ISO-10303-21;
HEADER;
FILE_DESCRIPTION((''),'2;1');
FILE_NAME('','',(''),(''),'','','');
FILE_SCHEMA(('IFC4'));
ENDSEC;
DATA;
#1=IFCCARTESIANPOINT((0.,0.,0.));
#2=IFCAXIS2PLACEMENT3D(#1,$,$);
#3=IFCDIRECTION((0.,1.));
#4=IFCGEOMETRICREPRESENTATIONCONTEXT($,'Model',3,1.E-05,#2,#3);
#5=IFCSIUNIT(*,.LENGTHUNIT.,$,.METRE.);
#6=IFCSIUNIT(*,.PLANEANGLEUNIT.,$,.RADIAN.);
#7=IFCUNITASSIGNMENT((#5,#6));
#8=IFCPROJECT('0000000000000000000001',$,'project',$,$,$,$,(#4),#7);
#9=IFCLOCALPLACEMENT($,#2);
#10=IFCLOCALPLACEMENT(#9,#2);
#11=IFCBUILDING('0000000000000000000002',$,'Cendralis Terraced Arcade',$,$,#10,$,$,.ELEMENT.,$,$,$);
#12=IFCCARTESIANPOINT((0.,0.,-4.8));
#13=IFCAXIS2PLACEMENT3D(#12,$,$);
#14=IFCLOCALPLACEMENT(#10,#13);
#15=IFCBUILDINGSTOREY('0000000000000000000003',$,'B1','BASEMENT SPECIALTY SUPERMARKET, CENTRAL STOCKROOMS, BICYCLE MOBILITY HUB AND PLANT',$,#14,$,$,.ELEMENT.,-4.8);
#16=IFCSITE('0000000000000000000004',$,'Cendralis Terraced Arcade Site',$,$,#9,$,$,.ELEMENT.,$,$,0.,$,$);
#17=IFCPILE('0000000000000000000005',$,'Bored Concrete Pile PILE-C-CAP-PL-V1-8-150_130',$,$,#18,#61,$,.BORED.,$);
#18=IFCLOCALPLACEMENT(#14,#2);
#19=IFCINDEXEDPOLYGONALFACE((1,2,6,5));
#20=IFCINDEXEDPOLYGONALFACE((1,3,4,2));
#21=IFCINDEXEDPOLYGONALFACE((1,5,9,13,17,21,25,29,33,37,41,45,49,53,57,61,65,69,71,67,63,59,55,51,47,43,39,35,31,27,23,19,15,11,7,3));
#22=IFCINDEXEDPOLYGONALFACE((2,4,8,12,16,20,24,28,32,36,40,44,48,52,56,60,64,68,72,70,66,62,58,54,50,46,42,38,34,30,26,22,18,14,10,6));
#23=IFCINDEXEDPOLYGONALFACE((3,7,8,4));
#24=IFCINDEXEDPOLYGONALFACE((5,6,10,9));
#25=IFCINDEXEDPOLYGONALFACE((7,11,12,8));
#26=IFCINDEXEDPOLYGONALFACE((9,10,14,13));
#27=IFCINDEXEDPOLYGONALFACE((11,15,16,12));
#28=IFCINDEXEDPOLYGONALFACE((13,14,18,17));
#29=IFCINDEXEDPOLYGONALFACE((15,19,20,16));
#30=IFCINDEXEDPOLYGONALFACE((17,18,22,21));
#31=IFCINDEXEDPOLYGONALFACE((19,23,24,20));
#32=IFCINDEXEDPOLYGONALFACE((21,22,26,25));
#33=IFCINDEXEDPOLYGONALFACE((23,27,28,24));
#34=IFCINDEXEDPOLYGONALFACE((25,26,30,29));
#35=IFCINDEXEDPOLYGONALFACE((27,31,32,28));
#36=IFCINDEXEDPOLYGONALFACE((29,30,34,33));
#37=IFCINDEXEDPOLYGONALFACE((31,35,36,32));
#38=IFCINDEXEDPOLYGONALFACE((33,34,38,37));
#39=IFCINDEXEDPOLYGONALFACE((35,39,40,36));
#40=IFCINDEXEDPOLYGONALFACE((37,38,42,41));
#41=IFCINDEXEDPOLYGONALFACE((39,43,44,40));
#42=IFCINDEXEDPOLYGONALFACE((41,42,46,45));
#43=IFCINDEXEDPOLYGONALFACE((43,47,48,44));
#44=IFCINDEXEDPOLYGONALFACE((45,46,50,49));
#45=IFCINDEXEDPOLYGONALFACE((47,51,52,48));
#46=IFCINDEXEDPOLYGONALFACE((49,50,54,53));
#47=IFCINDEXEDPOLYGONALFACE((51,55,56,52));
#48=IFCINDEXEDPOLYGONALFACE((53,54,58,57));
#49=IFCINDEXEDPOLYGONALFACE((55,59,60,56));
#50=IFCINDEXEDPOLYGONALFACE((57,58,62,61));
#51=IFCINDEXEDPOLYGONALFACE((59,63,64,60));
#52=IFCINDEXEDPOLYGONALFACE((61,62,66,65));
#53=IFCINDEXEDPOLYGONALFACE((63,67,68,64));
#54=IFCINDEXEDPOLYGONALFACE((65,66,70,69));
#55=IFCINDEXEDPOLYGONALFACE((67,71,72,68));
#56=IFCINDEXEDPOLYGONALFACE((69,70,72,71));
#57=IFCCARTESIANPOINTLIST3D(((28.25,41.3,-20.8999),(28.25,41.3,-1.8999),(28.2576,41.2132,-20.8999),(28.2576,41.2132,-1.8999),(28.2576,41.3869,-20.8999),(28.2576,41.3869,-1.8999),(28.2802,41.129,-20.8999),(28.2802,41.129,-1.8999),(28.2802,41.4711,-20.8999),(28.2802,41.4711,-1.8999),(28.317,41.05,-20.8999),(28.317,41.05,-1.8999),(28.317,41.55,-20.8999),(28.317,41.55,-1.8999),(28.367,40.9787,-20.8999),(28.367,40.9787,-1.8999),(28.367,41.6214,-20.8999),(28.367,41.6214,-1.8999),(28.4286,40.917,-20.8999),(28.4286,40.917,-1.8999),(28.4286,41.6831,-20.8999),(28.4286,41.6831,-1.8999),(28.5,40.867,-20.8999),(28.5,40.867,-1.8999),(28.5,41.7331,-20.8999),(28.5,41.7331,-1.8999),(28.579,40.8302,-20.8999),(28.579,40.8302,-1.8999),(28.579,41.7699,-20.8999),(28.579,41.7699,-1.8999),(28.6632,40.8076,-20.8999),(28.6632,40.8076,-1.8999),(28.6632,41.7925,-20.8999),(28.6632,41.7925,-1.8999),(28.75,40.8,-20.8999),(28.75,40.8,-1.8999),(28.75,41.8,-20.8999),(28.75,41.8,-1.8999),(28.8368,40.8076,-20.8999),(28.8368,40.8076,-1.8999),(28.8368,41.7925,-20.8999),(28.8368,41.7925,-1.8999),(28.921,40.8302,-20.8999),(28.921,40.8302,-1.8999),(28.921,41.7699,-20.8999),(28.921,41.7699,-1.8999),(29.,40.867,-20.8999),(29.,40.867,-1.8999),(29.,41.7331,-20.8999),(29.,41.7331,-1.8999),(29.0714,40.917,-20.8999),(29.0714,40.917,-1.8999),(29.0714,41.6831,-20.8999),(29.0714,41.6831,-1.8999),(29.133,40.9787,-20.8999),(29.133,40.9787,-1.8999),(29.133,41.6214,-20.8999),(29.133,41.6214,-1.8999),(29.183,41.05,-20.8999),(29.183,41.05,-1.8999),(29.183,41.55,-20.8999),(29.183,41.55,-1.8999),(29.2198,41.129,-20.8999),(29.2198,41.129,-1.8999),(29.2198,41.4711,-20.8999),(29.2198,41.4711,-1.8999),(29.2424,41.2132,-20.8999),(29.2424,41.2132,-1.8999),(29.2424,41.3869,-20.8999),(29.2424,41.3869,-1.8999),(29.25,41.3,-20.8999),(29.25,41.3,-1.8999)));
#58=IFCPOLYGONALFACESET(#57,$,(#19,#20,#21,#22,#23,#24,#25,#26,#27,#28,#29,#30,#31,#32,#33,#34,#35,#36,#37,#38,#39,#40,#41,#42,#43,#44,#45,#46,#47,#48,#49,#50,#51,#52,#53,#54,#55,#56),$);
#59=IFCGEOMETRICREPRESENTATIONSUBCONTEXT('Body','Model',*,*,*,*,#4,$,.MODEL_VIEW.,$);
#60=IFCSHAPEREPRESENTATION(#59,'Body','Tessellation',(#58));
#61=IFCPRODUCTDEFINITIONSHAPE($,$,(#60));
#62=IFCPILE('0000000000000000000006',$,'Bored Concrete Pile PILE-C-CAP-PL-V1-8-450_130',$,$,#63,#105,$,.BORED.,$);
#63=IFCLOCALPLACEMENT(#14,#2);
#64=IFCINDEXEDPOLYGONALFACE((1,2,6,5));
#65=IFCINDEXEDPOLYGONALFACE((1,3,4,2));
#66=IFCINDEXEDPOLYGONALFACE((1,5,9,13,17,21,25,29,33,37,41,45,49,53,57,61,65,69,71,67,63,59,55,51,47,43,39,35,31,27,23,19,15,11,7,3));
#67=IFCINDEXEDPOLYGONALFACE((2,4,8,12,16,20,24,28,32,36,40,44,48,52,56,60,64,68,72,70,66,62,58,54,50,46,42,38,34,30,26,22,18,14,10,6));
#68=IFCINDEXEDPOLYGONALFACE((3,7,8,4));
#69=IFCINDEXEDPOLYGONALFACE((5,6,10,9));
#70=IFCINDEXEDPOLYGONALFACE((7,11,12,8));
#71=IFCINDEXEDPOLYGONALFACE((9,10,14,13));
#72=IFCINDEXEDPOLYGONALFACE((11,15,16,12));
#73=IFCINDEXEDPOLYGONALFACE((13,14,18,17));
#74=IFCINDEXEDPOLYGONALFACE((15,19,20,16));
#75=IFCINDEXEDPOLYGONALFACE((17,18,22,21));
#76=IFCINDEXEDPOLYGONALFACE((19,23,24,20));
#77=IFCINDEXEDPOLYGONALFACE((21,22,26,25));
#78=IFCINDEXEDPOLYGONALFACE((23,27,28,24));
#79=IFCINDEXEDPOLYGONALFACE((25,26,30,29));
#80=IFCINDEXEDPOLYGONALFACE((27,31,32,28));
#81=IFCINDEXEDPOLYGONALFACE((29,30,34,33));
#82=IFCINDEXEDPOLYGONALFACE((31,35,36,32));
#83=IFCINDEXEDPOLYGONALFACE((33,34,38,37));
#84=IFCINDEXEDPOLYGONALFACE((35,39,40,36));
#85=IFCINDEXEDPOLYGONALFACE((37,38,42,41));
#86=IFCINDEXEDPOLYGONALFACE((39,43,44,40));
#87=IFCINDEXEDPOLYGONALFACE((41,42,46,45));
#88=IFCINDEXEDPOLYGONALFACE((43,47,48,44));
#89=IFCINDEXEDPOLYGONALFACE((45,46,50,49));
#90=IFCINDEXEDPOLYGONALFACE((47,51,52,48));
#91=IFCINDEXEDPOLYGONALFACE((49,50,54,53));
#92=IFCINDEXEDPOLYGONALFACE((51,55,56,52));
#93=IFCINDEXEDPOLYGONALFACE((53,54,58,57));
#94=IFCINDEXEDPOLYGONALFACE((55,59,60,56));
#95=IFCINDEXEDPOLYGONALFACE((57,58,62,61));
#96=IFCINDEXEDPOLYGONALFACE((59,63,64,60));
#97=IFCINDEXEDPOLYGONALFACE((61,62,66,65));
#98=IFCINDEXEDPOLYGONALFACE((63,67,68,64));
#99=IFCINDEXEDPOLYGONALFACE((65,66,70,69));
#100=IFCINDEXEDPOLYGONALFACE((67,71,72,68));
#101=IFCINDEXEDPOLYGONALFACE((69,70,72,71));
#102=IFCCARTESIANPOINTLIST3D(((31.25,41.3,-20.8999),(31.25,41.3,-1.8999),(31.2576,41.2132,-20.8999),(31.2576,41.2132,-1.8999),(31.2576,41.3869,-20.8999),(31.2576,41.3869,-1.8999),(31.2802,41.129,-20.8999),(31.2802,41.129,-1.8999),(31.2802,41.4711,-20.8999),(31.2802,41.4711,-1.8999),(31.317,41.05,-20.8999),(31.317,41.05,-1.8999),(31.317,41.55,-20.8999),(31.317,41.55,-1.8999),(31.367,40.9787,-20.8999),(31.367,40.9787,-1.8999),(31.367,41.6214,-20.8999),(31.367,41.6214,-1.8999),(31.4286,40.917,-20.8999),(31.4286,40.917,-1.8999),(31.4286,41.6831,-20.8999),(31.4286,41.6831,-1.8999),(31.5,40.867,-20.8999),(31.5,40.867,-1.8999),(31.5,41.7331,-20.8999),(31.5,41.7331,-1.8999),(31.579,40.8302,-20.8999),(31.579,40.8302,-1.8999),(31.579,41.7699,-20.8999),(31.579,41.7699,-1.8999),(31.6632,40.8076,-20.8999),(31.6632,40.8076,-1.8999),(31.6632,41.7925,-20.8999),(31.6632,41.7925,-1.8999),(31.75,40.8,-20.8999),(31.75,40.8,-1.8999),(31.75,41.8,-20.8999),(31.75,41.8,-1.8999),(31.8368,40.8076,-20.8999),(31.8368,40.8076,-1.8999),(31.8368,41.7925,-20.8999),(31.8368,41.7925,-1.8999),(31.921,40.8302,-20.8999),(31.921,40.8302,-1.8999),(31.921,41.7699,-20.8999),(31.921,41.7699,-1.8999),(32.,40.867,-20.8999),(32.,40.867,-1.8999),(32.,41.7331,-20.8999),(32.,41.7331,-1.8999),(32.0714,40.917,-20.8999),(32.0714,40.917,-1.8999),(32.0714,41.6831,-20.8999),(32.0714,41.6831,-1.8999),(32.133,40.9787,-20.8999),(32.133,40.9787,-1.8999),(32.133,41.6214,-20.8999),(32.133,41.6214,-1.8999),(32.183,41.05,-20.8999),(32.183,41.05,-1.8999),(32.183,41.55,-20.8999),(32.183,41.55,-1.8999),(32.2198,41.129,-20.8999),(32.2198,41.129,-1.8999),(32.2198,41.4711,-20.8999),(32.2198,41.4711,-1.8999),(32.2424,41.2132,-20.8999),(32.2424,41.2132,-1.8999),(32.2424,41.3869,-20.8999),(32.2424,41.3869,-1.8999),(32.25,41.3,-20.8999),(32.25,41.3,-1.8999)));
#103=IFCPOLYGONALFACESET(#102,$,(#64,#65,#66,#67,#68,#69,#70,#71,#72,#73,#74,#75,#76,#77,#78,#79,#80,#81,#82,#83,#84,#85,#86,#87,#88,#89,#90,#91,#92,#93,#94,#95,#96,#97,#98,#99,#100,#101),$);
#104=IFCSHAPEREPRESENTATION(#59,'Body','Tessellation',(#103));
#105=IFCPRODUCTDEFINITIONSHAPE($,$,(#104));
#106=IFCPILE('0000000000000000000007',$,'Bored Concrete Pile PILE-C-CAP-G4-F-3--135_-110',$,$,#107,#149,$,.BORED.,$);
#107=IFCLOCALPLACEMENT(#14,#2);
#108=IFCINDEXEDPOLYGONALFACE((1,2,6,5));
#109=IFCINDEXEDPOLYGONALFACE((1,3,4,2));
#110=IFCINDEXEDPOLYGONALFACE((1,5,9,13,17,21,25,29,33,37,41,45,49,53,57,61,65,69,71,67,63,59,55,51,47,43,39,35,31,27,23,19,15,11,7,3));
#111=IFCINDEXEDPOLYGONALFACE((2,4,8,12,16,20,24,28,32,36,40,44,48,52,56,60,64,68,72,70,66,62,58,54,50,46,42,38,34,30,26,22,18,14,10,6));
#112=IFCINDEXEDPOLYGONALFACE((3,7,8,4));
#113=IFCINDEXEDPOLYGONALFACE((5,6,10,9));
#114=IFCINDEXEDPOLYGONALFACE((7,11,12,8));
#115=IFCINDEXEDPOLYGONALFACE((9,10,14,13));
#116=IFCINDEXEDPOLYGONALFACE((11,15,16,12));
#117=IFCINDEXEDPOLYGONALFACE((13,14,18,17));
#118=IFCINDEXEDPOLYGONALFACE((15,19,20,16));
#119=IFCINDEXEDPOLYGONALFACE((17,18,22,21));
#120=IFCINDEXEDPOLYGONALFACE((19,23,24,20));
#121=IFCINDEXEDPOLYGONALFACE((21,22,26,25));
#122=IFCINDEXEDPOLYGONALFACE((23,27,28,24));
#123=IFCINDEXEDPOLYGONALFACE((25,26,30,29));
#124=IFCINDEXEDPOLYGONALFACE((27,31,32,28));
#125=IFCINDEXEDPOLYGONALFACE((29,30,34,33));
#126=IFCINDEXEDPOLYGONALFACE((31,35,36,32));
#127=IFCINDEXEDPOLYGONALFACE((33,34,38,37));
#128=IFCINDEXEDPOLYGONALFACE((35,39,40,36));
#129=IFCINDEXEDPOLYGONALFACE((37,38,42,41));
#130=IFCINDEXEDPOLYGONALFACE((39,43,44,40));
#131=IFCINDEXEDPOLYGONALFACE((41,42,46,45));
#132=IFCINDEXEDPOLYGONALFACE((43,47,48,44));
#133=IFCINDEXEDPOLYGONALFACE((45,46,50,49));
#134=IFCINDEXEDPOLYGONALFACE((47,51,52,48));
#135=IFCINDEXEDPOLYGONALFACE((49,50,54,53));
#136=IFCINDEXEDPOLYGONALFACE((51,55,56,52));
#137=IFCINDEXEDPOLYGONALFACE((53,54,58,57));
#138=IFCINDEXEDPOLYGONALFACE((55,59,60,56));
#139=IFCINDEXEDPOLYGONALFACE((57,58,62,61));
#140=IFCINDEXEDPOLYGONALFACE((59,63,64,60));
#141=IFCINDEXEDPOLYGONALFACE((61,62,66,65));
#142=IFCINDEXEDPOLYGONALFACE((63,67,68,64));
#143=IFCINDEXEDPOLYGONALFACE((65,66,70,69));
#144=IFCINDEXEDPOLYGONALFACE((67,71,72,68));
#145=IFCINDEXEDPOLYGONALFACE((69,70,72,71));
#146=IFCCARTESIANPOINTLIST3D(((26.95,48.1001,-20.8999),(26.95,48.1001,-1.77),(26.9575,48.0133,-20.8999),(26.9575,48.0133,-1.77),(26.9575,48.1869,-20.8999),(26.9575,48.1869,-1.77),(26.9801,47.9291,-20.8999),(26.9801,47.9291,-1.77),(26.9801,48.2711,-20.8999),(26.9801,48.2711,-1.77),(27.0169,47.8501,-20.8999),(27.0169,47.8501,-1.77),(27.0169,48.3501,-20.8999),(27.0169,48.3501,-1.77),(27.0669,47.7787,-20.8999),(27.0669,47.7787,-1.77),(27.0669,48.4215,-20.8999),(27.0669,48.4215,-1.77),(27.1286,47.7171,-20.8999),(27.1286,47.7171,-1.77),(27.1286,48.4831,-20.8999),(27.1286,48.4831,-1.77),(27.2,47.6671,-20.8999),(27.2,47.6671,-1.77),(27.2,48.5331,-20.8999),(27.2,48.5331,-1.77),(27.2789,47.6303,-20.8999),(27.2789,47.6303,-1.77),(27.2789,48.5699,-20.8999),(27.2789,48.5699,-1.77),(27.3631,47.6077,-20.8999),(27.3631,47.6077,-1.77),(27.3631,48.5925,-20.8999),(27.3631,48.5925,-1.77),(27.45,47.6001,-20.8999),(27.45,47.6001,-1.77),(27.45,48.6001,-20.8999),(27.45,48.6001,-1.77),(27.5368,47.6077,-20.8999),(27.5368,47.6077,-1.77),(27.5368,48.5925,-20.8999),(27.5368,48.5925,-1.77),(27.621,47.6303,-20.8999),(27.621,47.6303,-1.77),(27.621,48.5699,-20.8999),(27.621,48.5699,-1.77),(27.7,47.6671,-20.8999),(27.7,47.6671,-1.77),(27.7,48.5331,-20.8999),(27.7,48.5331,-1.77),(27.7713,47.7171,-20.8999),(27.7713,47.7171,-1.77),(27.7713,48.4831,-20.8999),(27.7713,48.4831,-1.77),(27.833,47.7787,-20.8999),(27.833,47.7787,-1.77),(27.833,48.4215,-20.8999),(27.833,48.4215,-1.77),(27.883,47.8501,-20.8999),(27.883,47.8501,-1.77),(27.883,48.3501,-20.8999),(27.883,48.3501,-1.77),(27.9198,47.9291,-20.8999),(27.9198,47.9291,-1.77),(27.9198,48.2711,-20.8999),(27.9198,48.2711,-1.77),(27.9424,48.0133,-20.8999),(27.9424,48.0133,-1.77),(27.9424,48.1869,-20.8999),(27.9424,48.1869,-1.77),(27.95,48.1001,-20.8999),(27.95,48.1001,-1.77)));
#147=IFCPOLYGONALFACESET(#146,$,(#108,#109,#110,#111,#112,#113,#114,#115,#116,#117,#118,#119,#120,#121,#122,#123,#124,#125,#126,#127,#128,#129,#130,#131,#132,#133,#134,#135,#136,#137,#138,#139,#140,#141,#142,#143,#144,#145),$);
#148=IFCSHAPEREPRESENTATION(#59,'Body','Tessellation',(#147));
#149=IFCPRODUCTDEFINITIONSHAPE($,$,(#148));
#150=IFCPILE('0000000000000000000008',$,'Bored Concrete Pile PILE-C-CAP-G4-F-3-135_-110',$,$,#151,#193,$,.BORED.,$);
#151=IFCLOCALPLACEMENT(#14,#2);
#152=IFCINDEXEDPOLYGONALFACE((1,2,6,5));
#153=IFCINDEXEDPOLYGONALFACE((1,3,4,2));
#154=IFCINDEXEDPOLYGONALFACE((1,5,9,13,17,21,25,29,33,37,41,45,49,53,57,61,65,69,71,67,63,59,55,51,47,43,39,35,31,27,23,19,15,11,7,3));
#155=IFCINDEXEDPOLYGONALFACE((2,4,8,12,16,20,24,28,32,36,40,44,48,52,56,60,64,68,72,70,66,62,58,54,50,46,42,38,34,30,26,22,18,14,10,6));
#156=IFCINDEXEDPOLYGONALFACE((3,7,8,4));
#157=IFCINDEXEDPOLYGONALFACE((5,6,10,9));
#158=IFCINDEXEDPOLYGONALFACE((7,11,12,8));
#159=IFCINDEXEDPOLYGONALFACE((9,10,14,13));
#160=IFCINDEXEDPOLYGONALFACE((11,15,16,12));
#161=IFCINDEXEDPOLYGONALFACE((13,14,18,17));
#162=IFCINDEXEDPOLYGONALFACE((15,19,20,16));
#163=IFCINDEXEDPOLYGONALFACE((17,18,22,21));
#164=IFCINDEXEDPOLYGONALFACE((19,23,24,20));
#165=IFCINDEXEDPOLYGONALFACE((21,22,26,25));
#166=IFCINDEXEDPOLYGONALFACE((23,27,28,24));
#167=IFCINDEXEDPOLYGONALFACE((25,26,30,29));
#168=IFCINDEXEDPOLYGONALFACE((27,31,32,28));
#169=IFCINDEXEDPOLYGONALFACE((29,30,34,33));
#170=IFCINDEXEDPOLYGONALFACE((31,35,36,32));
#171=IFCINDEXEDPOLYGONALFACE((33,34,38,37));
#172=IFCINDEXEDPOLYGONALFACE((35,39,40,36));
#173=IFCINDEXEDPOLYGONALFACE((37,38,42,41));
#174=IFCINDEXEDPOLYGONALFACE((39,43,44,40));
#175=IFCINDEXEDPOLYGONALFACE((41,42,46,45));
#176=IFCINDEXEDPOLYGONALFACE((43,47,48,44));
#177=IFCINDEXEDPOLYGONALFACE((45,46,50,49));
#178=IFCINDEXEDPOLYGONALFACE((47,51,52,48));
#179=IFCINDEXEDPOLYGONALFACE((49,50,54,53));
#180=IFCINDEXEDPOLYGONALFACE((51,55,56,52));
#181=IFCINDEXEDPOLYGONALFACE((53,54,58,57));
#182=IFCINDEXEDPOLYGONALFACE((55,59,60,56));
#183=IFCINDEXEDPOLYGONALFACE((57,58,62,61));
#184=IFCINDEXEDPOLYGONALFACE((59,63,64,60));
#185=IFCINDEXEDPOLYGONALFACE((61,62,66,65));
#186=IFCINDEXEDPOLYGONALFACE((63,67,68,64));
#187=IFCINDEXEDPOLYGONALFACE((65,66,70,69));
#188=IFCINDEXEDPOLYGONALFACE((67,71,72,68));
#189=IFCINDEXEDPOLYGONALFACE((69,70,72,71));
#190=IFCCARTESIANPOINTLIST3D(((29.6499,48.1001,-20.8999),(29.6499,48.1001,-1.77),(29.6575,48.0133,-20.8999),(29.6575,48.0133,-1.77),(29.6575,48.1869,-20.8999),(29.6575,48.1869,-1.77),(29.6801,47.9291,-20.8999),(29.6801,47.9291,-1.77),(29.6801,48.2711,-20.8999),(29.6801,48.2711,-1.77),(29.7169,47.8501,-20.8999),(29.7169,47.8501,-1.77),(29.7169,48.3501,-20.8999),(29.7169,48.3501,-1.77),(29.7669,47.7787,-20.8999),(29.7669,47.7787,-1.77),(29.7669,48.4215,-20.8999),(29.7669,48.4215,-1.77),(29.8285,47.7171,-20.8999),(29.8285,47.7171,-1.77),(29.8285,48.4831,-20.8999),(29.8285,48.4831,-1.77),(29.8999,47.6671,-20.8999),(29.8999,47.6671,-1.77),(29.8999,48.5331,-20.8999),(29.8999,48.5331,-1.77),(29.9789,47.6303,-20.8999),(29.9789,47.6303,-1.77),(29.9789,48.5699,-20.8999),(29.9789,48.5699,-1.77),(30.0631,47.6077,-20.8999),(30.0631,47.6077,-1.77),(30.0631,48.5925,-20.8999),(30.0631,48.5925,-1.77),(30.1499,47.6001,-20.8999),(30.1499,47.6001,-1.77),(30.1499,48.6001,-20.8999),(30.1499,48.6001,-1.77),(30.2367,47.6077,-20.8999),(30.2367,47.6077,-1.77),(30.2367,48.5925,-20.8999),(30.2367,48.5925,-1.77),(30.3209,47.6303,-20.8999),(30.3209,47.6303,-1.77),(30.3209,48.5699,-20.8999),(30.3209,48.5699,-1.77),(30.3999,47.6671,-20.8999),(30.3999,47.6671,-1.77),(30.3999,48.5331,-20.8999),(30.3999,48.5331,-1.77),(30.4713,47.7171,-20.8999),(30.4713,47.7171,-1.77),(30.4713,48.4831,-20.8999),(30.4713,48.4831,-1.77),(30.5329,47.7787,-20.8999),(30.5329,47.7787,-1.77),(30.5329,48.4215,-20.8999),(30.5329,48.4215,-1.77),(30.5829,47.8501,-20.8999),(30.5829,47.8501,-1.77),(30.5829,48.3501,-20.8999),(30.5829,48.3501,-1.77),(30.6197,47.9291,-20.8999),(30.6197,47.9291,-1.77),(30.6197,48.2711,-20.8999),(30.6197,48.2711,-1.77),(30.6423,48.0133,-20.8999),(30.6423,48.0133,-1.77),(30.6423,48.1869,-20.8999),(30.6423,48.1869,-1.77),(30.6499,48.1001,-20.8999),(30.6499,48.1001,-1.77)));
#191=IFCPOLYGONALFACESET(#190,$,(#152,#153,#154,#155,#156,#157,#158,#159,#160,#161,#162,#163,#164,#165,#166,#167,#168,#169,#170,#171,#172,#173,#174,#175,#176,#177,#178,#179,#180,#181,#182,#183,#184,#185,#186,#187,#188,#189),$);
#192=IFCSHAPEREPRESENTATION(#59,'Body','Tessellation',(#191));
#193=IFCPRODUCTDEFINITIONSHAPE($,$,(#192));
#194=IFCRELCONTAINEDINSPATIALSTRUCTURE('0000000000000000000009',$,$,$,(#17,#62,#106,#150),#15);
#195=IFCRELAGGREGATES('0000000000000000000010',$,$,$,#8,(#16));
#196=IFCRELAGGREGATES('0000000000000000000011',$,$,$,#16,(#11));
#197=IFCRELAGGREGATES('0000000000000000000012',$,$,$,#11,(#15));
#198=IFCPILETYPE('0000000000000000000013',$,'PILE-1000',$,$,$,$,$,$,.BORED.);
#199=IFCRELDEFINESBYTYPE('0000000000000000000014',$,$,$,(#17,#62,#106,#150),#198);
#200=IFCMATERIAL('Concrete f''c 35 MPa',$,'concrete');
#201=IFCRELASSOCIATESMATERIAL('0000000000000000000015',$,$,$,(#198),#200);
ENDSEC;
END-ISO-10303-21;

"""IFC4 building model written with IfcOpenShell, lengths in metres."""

from ifc_helpers import new_model, si_unit, direction, frame, origin, origin_2d, place, context, subcontext, project, spatial, circle, extrude, material, material_profile, profile_set, type_object, element, save


model = new_model("IFC4")

# Units and contexts
model_context = context("Model", 3, precision=1e-05, world=origin(), true_north=direction((0.0, 1.0)))
body_context = subcontext(model_context, "Body", "Model", "MODEL_VIEW")
ifc_project = project(units=[si_unit("LENGTHUNIT", "METRE"), si_unit("PLANEANGLEUNIT", "RADIAN")], contexts=[model_context])

# Site, building, storey
site_placement = place(None, origin())
site = spatial("IfcSite", under=ifc_project, at=site_placement, Name="Cendralis Terraced Arcade Site", CompositionType="ELEMENT", RefElevation=0.0)
building_placement = place(site_placement, origin())
building = spatial("IfcBuilding", under=site, at=building_placement, Name="Cendralis Terraced Arcade", CompositionType="ELEMENT")
storey_placement = place(building_placement, frame((0.0, 0.0, -4.8)))
storey = spatial("IfcBuildingStorey", under=building, at=storey_placement, Name="B1", Description="BASEMENT SPECIALTY SUPERMARKET, CENTRAL STOCKROOMS, BICYCLE MOBILITY HUB AND PLANT", CompositionType="ELEMENT", Elevation=-4.8)

# Shared definitions
ifc_material_1 = material(Name="Concrete f'c 35 MPa", Category="concrete")

# Piles
ifc_material_profile_1 = material_profile(ifc_material_1, circle(Radius=0.5, at=origin_2d()), Name="PILE-D1000", Category="LoadBearing")
ifc_profile_set_1 = profile_set([ifc_material_profile_1], Name="Concrete f'c 35 MPa")
pile_type_1 = type_object("IfcPileType", Name="PILE-1000", PredefinedType="BORED", material=ifc_profile_set_1)
for number, where, z_axis, x_axis, name in (
    (1, (28.75, 41.3, -1.8999), (0.0, 0.0, -1.0), (1.0, 0.0, 0.0), "Bored Concrete Pile PILE-C-CAP-PL-V1-8-150_130"),
    (2, (31.75, 41.3, -1.8999), (0.0, 0.0, -1.0), (1.0, 0.0, 0.0), "Bored Concrete Pile PILE-C-CAP-PL-V1-8-450_130"),
):
    element("IfcPile", number, at=place(storey_placement, frame(where, z_axis=z_axis, x_axis=x_axis)), inside=storey, type_object=pile_type_1, Name=name, PredefinedType="BORED", context=body_context, shape_type="SweptSolid", body=[
        extrude(circle(Radius=0.5, at=origin_2d()), origin(), (0.0, 0.0, 1.0), 19.0),
    ])
for number, where, z_axis, x_axis, name in (
    (3, (27.45, 48.1001, -1.77), (0.0, 0.0, -1.0), (1.0, 0.0, 0.0), "Bored Concrete Pile PILE-C-CAP-G4-F-3--135_-110"),
    (4, (30.1499, 48.1001, -1.77), (0.0, 0.0, -1.0), (1.0, 0.0, 0.0), "Bored Concrete Pile PILE-C-CAP-G4-F-3-135_-110"),
):
    element("IfcPile", number, at=place(storey_placement, frame(where, z_axis=z_axis, x_axis=x_axis)), inside=storey, type_object=pile_type_1, Name=name, PredefinedType="BORED", context=body_context, shape_type="SweptSolid", body=[
        extrude(circle(Radius=0.5, at=origin_2d()), origin(), (0.0, 0.0, 1.0), 19.1299),
    ])

save(model, "model.ifc")
